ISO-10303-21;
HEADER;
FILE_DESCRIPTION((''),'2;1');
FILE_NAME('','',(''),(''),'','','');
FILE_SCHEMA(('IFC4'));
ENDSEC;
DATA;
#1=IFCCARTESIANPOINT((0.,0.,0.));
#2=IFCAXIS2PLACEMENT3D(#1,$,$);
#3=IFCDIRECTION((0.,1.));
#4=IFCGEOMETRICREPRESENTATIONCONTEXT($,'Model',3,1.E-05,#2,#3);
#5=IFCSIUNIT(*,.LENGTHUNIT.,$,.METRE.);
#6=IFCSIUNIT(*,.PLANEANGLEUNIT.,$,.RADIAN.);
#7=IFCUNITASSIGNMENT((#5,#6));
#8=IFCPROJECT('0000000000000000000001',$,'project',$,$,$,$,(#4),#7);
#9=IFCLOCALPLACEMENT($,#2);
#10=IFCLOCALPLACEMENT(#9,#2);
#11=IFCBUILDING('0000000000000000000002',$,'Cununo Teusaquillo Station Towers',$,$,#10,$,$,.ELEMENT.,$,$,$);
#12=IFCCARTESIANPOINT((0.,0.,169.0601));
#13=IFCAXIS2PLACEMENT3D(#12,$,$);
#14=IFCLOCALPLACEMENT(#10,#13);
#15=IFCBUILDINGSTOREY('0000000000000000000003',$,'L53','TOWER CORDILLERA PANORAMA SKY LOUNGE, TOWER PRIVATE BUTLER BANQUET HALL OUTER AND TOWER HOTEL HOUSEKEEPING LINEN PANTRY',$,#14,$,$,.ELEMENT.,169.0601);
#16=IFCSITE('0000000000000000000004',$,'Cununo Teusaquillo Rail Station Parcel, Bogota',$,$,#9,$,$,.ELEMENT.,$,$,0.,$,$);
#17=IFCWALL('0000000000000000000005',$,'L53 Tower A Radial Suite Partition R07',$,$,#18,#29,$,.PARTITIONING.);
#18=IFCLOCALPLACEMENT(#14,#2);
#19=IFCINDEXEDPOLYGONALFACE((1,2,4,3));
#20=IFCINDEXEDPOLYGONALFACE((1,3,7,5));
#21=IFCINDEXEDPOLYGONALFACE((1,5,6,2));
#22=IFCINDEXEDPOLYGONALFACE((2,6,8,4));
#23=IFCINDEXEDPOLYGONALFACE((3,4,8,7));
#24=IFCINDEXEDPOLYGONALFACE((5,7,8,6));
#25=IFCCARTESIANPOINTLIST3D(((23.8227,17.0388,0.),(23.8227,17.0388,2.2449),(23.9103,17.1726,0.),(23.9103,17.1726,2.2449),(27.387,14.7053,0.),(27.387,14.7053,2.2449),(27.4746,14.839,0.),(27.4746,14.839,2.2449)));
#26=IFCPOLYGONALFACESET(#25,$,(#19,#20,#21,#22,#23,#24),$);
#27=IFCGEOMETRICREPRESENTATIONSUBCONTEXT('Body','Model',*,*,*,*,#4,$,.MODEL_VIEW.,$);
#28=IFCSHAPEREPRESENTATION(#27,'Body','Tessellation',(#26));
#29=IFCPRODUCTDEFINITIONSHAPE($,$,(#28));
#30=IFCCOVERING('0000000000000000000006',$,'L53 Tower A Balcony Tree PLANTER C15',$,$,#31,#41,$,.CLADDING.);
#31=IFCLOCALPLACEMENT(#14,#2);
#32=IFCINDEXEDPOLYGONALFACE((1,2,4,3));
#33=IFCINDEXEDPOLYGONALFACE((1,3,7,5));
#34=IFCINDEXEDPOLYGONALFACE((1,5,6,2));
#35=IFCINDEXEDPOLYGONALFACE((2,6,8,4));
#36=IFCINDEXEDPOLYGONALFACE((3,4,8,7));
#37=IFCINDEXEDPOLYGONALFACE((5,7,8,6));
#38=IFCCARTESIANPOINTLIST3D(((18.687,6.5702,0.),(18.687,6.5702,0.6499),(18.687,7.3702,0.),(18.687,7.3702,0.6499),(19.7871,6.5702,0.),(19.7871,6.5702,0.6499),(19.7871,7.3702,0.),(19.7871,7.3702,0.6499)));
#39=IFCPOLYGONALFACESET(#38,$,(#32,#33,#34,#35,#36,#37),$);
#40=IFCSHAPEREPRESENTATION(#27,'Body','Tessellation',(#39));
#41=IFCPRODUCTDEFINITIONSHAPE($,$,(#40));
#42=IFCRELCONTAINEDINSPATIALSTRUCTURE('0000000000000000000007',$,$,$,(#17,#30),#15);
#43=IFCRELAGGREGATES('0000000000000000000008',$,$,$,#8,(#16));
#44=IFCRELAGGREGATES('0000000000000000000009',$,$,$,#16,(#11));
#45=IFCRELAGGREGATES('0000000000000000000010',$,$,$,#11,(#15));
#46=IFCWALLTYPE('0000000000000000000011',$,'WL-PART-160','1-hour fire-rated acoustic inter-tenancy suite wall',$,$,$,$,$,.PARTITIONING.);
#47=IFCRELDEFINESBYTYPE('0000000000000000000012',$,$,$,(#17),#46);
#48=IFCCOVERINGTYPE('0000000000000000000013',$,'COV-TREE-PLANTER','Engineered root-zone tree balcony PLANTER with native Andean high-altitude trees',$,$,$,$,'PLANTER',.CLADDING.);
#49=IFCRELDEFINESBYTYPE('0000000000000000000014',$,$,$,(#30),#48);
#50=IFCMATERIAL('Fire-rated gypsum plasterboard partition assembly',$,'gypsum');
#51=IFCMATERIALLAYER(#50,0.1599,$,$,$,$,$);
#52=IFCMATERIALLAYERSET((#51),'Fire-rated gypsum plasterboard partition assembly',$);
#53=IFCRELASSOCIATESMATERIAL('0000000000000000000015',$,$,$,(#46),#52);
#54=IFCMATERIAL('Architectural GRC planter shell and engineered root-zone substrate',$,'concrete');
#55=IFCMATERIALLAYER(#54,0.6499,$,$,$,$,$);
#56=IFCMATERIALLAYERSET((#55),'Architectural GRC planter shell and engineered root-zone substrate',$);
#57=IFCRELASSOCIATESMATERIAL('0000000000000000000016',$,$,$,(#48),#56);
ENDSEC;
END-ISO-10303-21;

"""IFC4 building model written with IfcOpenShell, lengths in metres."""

from ifc_helpers import new_model, si_unit, direction, frame, frame_2d, origin, origin_2d, place, context, subcontext, project, spatial, rectangle, extrude, source, transform, mapped, material, layer, layer_set, type_object, element, save


model = new_model("IFC4")

# Units and contexts
model_context = context("Model", 3, precision=1e-05, world=origin(), true_north=direction((0.0, 1.0)))
body_context = subcontext(model_context, "Body", "Model", "MODEL_VIEW")
ifc_project = project(units=[si_unit("LENGTHUNIT", "METRE"), si_unit("PLANEANGLEUNIT", "RADIAN")], contexts=[model_context])

# Site, building, storey
site_placement = place(None, origin())
site = spatial("IfcSite", under=ifc_project, at=site_placement, Name="Cununo Teusaquillo Rail Station Parcel, Bogota", CompositionType="ELEMENT", RefElevation=0.0)
building_placement = place(site_placement, origin())
building = spatial("IfcBuilding", under=site, at=building_placement, Name="Cununo Teusaquillo Station Towers", CompositionType="ELEMENT")
storey_placement = place(building_placement, frame((0.0, 0.0, 169.0601)))
storey = spatial("IfcBuildingStorey", under=building, at=storey_placement, Name="L53", Description="TOWER CORDILLERA PANORAMA SKY LOUNGE, TOWER PRIVATE BUTLER BANQUET HALL OUTER AND TOWER HOTEL HOUSEKEEPING LINEN PANTRY", CompositionType="ELEMENT", Elevation=169.0601)

# Wall
ifc_material_1 = material(Name="Fire-rated gypsum plasterboard partition assembly", Category="gypsum")
ifc_layer_1 = layer(ifc_material_1, 0.1599)
ifc_layer_set_1 = layer_set([ifc_layer_1], Name="Fire-rated gypsum plasterboard partition assembly")
wall_type_1 = type_object("IfcWallType", Name="WL-PART-160", Description="1-hour fire-rated acoustic inter-tenancy suite wall", PredefinedType="PARTITIONING", material=ifc_layer_set_1)
wall_1_placement = place(storey_placement, frame((23.8665, 17.1057, 0.0), z_axis=(0.0, 0.0, 1.0), x_axis=(0.836641, -0.547751, 0.0)))
element("IfcWall", 1, at=wall_1_placement, inside=storey, type_object=wall_type_1, Name="L53 Tower A Radial Suite Partition R07", PredefinedType="PARTITIONING", context=body_context, shape_type="SweptSolid", body=[
    extrude(rectangle(XDim=4.2603, YDim=0.1599, at=frame_2d((2.1301, 0.0))), origin(), (0.0, 0.0, 1.0), 2.2449),
])

# Covering
ifc_material_2 = material(Name="Architectural GRC planter shell and engineered root-zone substrate", Category="concrete")
ifc_layer_2 = layer(ifc_material_2, 0.6499)
ifc_layer_set_2 = layer_set([ifc_layer_2], Name="Architectural GRC planter shell and engineered root-zone substrate")
covering_type = type_object("IfcCoveringType", Name="COV-TREE-PLANTER", Description="Engineered root-zone tree balcony PLANTER with native Andean high-altitude trees", ElementType="PLANTER", PredefinedType="CLADDING", material=ifc_layer_set_2)
shared_shape_1 = source(origin(), body_context, "Body", "SweptSolid", [
    extrude(rectangle(XDim=1.1001, YDim=0.8, at=origin_2d()), origin(), (0.0, 0.0, 1.0), 0.6499),
])
covering_placement = place(storey_placement, frame((19.2371, 6.9702, 0.0), z_axis=(0.0, 0.0, 1.0), x_axis=(1.0, 0.0, 0.0)))
element("IfcCovering", 2, at=covering_placement, inside=storey, type_object=covering_type, Name="L53 Tower A Balcony Tree PLANTER C15", PredefinedType="CLADDING", context=body_context, shape_type="MappedRepresentation", body=[
    mapped(shared_shape_1, transform((0.0, 0.0, 0.0), x_axis=(1.0, 0.0, 0.0), y_axis=(0.0, 1.0, 0.0), z_axis=(0.0, 0.0, 1.0), scale=1.0)),
])

save(model, "model.ifc")
